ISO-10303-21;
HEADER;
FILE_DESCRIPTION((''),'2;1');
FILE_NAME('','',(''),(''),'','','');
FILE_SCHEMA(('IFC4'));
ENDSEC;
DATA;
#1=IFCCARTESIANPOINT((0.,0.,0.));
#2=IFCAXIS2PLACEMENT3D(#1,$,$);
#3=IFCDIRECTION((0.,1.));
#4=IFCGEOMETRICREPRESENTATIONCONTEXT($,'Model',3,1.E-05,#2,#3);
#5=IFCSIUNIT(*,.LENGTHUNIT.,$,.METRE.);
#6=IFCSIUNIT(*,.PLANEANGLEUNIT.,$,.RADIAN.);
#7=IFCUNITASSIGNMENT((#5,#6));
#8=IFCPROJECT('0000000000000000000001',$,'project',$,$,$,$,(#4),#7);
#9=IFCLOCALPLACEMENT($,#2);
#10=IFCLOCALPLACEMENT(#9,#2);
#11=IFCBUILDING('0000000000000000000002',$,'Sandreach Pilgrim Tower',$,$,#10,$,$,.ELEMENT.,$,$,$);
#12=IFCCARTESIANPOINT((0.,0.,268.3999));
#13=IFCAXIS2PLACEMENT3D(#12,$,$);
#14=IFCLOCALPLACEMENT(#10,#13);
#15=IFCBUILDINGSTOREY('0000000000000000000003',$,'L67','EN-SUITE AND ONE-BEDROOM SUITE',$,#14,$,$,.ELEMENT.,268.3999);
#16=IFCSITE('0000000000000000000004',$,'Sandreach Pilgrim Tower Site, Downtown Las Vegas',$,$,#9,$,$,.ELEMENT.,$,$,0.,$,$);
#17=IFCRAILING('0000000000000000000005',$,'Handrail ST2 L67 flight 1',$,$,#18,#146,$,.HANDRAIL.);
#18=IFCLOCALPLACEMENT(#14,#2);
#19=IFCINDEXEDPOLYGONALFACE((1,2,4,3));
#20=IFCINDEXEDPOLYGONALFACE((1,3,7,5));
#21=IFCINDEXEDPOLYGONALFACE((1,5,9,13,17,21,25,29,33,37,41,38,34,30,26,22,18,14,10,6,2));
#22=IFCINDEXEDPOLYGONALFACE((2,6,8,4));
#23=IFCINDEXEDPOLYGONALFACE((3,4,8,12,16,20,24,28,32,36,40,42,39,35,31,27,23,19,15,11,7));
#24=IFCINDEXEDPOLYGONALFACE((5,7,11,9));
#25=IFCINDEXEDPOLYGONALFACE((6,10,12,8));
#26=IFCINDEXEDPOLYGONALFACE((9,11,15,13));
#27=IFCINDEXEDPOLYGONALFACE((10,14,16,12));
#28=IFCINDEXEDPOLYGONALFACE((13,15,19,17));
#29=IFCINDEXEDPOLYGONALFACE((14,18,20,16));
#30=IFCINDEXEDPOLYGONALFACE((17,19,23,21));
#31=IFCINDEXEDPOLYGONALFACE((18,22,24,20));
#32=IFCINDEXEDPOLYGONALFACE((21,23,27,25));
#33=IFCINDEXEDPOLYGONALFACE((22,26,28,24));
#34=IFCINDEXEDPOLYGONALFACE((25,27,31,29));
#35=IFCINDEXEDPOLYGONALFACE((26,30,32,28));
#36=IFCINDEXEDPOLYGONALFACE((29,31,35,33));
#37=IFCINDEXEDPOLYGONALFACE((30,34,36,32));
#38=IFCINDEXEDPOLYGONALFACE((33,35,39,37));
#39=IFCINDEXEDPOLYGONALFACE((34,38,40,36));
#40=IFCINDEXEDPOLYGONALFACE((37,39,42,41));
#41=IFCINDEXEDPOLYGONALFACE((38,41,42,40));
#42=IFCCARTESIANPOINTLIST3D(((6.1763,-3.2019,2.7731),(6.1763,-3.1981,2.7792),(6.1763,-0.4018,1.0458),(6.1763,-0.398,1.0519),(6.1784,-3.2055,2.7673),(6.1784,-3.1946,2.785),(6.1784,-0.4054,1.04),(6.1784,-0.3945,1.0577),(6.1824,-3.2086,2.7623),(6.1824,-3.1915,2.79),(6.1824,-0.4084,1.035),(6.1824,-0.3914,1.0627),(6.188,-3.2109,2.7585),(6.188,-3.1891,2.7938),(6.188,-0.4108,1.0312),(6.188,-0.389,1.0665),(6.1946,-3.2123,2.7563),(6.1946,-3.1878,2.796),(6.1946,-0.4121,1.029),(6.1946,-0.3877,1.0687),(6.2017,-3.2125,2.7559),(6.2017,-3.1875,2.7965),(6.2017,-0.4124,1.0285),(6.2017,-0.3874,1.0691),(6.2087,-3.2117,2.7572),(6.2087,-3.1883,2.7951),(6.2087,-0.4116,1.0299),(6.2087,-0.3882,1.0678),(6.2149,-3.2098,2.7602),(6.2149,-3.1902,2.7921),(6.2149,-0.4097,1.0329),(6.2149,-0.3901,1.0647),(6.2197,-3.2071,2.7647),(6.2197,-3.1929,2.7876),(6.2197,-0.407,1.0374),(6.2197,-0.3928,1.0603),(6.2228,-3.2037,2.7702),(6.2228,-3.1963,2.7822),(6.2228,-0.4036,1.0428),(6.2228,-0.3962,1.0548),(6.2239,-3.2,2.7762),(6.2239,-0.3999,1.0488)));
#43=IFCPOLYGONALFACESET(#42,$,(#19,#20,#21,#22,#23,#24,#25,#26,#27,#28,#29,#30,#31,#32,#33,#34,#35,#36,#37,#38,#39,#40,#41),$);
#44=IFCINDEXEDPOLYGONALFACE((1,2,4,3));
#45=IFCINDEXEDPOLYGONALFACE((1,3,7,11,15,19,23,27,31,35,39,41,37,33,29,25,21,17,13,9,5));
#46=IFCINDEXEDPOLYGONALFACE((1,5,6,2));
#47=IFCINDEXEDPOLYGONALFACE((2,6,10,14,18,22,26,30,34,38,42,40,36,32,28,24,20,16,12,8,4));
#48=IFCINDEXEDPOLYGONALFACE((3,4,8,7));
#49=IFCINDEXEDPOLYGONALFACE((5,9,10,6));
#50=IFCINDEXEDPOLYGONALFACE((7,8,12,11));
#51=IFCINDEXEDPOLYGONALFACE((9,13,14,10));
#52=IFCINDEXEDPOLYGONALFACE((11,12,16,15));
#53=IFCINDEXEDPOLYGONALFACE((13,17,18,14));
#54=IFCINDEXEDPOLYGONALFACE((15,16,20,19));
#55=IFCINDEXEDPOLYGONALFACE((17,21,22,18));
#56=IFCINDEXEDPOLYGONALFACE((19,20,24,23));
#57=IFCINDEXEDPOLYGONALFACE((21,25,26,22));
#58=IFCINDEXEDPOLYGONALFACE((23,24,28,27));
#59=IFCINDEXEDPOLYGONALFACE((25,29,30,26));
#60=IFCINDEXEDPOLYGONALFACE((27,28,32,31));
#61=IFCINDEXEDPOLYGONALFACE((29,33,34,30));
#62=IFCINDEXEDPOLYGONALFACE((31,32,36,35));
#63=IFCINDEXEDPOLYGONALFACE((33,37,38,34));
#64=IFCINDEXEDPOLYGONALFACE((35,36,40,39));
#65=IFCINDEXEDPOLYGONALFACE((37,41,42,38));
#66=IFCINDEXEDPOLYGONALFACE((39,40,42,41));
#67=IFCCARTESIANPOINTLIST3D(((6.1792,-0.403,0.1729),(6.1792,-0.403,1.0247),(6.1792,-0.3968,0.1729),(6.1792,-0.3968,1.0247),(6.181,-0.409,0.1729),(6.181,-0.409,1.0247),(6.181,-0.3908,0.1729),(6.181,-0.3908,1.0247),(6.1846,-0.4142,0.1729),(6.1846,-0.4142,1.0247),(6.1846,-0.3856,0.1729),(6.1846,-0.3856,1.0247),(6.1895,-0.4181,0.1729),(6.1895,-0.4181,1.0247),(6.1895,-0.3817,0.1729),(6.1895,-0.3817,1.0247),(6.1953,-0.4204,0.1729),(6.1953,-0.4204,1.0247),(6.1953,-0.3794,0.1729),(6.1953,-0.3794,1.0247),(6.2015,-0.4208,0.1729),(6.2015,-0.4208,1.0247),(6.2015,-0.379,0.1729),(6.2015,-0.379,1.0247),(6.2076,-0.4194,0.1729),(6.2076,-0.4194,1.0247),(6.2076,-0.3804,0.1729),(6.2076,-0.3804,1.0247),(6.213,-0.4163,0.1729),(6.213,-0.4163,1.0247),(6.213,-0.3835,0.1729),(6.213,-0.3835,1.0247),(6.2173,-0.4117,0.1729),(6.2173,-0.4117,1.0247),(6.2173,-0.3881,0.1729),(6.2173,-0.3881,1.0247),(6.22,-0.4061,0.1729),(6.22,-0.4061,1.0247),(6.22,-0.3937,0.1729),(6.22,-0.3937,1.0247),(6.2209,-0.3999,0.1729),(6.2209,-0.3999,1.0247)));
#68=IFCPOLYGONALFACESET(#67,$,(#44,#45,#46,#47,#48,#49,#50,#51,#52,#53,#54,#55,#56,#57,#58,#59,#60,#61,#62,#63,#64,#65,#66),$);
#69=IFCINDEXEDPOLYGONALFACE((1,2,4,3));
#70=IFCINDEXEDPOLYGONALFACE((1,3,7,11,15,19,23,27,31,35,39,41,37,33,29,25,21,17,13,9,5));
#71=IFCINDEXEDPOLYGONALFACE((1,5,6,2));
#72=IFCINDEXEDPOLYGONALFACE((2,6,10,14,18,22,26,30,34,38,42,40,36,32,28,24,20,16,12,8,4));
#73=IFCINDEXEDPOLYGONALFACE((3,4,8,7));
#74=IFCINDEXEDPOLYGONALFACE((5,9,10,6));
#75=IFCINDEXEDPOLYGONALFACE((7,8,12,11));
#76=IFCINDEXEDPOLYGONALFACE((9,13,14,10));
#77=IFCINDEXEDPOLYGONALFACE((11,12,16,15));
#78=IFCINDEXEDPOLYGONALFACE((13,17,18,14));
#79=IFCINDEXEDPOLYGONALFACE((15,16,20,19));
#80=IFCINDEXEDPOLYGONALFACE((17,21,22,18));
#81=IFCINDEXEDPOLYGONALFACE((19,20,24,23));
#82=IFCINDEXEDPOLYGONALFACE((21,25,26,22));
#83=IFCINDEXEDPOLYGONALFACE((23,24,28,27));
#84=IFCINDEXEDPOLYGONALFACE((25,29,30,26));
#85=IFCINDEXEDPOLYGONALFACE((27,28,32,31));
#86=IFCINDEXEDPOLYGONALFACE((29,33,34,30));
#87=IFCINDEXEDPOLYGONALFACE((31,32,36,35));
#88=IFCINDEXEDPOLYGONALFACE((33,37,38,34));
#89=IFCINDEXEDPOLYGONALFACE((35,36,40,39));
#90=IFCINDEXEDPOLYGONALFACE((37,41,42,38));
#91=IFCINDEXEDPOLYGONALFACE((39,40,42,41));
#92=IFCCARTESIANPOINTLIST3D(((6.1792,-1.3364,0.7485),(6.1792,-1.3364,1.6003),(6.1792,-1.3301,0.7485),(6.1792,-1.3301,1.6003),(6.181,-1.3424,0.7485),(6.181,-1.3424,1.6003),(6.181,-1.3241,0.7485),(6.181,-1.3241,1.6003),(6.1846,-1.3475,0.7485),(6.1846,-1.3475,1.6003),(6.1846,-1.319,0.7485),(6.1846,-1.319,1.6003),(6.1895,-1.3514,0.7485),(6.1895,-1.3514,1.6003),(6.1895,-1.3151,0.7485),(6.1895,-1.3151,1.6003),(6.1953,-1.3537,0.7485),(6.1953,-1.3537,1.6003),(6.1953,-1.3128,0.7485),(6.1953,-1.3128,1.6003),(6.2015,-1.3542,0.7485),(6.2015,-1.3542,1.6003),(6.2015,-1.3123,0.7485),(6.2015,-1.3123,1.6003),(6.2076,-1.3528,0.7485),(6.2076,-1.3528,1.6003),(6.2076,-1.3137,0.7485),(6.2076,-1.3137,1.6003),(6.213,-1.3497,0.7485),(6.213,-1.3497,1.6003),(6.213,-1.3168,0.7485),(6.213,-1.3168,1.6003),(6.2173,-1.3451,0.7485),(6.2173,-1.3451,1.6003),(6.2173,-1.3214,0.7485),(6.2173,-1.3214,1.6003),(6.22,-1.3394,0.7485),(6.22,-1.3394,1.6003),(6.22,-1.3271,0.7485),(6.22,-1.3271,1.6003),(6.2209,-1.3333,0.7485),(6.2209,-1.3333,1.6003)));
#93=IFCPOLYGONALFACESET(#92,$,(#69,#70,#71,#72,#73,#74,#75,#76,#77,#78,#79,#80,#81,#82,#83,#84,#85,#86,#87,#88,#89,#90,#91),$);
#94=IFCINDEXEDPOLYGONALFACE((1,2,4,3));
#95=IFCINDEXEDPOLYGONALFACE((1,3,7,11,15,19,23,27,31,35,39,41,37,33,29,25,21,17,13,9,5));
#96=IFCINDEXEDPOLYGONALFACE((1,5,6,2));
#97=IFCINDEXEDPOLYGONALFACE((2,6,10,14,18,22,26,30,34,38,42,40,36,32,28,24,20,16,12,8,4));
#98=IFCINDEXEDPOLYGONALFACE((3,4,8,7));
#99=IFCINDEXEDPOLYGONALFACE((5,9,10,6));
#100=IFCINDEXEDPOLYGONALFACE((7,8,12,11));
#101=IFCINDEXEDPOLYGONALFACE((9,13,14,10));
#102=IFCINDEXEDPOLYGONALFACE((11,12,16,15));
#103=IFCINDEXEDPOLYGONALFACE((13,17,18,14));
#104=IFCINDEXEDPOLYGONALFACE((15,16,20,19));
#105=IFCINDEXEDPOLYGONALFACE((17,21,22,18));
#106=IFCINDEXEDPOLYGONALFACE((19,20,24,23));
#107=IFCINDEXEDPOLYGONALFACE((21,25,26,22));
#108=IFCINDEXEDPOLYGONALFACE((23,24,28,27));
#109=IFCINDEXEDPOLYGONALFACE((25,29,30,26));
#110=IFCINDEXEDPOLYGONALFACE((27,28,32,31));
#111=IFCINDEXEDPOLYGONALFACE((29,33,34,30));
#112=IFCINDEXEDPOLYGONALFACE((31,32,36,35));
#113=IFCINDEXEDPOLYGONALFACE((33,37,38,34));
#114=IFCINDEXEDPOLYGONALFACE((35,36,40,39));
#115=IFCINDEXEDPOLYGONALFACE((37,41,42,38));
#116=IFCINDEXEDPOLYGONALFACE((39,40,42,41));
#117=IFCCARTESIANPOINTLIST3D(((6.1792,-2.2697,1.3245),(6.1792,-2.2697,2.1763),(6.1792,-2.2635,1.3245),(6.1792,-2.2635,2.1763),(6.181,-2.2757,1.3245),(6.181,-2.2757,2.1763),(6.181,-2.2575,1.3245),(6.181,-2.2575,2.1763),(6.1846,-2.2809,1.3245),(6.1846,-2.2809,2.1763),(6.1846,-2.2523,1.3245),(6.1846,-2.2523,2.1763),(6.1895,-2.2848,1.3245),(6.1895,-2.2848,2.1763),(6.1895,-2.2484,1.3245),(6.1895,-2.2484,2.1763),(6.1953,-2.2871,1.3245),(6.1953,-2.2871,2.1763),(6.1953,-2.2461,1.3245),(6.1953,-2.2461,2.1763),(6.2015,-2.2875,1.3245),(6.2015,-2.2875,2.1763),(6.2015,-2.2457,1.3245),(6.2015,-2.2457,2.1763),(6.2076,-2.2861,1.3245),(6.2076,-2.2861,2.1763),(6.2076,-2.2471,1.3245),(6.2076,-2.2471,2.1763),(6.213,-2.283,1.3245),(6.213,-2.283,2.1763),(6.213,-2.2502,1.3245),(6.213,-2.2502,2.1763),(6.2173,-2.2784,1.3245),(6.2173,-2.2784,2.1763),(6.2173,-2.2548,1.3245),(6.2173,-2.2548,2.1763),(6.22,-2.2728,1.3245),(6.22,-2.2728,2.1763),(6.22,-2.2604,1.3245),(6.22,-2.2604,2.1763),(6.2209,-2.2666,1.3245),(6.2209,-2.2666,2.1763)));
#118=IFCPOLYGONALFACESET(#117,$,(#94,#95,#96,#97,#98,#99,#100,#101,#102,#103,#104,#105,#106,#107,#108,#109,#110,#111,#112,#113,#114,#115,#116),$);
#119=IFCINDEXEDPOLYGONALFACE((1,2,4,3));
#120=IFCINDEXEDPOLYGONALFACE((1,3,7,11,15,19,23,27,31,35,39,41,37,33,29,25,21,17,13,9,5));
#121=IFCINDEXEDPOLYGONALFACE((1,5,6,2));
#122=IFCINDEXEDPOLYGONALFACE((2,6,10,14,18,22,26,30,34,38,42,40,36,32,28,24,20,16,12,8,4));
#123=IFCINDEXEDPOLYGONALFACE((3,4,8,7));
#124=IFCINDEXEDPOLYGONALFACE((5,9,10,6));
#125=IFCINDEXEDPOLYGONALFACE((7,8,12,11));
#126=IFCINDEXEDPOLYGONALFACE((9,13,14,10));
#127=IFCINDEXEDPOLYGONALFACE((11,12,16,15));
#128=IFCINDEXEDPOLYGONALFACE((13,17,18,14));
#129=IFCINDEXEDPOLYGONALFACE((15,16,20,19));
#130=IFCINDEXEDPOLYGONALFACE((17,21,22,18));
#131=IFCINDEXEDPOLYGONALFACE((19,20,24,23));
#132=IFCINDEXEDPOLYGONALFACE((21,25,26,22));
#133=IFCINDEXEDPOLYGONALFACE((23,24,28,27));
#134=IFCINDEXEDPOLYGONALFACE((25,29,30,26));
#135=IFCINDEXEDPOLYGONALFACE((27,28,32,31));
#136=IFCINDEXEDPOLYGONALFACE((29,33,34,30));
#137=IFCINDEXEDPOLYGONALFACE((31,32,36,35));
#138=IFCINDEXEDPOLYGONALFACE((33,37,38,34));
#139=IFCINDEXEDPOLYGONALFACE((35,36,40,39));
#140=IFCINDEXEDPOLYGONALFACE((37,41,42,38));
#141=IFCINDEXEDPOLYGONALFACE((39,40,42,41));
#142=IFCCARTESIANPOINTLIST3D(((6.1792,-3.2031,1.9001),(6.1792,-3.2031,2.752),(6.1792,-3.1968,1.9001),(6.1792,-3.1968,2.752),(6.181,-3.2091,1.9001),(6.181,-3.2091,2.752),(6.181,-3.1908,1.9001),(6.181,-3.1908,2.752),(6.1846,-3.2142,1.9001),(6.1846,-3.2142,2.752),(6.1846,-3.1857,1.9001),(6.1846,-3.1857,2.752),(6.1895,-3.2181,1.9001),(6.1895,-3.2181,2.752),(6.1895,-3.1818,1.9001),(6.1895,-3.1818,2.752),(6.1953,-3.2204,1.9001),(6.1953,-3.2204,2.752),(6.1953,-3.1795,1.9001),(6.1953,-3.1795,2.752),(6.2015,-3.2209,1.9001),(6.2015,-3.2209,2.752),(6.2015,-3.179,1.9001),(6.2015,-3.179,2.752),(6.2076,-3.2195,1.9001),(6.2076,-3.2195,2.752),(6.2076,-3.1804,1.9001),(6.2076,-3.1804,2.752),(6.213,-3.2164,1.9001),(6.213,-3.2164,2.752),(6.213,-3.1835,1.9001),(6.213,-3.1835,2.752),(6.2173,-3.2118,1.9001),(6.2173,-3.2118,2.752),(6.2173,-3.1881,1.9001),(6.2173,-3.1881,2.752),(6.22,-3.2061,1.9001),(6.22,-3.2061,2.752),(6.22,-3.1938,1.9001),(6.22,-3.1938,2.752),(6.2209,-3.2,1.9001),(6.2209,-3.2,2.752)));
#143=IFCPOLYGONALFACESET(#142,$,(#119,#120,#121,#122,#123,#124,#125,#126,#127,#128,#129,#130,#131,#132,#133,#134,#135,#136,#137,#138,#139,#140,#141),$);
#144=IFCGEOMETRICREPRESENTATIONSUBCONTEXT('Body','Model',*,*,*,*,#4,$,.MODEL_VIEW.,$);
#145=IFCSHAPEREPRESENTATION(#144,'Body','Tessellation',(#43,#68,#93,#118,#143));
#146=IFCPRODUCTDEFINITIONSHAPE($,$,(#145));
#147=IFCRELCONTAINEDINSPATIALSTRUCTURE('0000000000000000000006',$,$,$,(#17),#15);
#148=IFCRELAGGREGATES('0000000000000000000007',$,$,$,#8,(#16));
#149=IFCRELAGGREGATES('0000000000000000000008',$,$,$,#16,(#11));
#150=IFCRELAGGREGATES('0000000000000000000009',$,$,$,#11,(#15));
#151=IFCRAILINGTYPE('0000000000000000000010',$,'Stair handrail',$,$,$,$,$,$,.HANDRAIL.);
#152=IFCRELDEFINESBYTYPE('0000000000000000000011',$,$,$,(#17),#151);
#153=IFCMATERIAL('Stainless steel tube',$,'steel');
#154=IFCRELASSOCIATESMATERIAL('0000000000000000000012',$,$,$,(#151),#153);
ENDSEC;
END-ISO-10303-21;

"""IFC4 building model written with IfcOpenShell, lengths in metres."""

from ifc_helpers import new_model, si_unit, direction, frame, origin, origin_2d, place, context, subcontext, project, spatial, circle, extrude, material, type_object, element, save


model = new_model("IFC4")

# Units and contexts
model_context = context("Model", 3, precision=1e-05, world=origin(), true_north=direction((0.0, 1.0)))
body_context = subcontext(model_context, "Body", "Model", "MODEL_VIEW")
ifc_project = project(units=[si_unit("LENGTHUNIT", "METRE"), si_unit("PLANEANGLEUNIT", "RADIAN")], contexts=[model_context])

# Site, building, storey
site_placement = place(None, origin())
site = spatial("IfcSite", under=ifc_project, at=site_placement, Name="Sandreach Pilgrim Tower Site, Downtown Las Vegas", CompositionType="ELEMENT", RefElevation=0.0)
building_placement = place(site_placement, origin())
building = spatial("IfcBuilding", under=site, at=building_placement, Name="Sandreach Pilgrim Tower", CompositionType="ELEMENT")
storey_placement = place(building_placement, frame((0.0, 0.0, 268.3999)))
storey = spatial("IfcBuildingStorey", under=building, at=storey_placement, Name="L67", Description="EN-SUITE AND ONE-BEDROOM SUITE", CompositionType="ELEMENT", Elevation=268.3999)

# Railing
ifc_material_1 = material(Name="Stainless steel tube", Category="steel")
railing_type = type_object("IfcRailingType", Name="Stair handrail", PredefinedType="HANDRAIL", material=ifc_material_1)
for number, where, name in (
    (1, (6.2, -0.3999, 0.1729), "Handrail ST2 L67 flight 1"),
):
    element("IfcRailing", number, at=place(storey_placement, frame(where)), inside=storey, type_object=railing_type, Name=name, PredefinedType="HANDRAIL", context=body_context, shape_type="SweptSolid", body=[
        extrude(circle(Radius=0.0239, at=origin_2d()), frame((0.0, 0.0, 0.876), z_axis=(0.0, -0.85109, 0.52502), x_axis=(1.0, 0.0, 0.0)), (0.0, 0.0, 1.0), 3.29),
        extrude(circle(Radius=0.021, at=origin_2d()), origin(), (0.0, 0.0, 1.0), 0.8518),
        extrude(circle(Radius=0.021, at=origin_2d()), frame((0.0, -0.9333, 0.5757)), (0.0, 0.0, 1.0), 0.8518),
        extrude(circle(Radius=0.021, at=origin_2d()), frame((0.0, -1.8667, 1.1516)), (0.0, 0.0, 1.0), 0.8518),
        extrude(circle(Radius=0.021, at=origin_2d()), frame((0.0, -2.8, 1.7273)), (0.0, 0.0, 1.0), 0.8518),
    ])

save(model, "model.ifc")
